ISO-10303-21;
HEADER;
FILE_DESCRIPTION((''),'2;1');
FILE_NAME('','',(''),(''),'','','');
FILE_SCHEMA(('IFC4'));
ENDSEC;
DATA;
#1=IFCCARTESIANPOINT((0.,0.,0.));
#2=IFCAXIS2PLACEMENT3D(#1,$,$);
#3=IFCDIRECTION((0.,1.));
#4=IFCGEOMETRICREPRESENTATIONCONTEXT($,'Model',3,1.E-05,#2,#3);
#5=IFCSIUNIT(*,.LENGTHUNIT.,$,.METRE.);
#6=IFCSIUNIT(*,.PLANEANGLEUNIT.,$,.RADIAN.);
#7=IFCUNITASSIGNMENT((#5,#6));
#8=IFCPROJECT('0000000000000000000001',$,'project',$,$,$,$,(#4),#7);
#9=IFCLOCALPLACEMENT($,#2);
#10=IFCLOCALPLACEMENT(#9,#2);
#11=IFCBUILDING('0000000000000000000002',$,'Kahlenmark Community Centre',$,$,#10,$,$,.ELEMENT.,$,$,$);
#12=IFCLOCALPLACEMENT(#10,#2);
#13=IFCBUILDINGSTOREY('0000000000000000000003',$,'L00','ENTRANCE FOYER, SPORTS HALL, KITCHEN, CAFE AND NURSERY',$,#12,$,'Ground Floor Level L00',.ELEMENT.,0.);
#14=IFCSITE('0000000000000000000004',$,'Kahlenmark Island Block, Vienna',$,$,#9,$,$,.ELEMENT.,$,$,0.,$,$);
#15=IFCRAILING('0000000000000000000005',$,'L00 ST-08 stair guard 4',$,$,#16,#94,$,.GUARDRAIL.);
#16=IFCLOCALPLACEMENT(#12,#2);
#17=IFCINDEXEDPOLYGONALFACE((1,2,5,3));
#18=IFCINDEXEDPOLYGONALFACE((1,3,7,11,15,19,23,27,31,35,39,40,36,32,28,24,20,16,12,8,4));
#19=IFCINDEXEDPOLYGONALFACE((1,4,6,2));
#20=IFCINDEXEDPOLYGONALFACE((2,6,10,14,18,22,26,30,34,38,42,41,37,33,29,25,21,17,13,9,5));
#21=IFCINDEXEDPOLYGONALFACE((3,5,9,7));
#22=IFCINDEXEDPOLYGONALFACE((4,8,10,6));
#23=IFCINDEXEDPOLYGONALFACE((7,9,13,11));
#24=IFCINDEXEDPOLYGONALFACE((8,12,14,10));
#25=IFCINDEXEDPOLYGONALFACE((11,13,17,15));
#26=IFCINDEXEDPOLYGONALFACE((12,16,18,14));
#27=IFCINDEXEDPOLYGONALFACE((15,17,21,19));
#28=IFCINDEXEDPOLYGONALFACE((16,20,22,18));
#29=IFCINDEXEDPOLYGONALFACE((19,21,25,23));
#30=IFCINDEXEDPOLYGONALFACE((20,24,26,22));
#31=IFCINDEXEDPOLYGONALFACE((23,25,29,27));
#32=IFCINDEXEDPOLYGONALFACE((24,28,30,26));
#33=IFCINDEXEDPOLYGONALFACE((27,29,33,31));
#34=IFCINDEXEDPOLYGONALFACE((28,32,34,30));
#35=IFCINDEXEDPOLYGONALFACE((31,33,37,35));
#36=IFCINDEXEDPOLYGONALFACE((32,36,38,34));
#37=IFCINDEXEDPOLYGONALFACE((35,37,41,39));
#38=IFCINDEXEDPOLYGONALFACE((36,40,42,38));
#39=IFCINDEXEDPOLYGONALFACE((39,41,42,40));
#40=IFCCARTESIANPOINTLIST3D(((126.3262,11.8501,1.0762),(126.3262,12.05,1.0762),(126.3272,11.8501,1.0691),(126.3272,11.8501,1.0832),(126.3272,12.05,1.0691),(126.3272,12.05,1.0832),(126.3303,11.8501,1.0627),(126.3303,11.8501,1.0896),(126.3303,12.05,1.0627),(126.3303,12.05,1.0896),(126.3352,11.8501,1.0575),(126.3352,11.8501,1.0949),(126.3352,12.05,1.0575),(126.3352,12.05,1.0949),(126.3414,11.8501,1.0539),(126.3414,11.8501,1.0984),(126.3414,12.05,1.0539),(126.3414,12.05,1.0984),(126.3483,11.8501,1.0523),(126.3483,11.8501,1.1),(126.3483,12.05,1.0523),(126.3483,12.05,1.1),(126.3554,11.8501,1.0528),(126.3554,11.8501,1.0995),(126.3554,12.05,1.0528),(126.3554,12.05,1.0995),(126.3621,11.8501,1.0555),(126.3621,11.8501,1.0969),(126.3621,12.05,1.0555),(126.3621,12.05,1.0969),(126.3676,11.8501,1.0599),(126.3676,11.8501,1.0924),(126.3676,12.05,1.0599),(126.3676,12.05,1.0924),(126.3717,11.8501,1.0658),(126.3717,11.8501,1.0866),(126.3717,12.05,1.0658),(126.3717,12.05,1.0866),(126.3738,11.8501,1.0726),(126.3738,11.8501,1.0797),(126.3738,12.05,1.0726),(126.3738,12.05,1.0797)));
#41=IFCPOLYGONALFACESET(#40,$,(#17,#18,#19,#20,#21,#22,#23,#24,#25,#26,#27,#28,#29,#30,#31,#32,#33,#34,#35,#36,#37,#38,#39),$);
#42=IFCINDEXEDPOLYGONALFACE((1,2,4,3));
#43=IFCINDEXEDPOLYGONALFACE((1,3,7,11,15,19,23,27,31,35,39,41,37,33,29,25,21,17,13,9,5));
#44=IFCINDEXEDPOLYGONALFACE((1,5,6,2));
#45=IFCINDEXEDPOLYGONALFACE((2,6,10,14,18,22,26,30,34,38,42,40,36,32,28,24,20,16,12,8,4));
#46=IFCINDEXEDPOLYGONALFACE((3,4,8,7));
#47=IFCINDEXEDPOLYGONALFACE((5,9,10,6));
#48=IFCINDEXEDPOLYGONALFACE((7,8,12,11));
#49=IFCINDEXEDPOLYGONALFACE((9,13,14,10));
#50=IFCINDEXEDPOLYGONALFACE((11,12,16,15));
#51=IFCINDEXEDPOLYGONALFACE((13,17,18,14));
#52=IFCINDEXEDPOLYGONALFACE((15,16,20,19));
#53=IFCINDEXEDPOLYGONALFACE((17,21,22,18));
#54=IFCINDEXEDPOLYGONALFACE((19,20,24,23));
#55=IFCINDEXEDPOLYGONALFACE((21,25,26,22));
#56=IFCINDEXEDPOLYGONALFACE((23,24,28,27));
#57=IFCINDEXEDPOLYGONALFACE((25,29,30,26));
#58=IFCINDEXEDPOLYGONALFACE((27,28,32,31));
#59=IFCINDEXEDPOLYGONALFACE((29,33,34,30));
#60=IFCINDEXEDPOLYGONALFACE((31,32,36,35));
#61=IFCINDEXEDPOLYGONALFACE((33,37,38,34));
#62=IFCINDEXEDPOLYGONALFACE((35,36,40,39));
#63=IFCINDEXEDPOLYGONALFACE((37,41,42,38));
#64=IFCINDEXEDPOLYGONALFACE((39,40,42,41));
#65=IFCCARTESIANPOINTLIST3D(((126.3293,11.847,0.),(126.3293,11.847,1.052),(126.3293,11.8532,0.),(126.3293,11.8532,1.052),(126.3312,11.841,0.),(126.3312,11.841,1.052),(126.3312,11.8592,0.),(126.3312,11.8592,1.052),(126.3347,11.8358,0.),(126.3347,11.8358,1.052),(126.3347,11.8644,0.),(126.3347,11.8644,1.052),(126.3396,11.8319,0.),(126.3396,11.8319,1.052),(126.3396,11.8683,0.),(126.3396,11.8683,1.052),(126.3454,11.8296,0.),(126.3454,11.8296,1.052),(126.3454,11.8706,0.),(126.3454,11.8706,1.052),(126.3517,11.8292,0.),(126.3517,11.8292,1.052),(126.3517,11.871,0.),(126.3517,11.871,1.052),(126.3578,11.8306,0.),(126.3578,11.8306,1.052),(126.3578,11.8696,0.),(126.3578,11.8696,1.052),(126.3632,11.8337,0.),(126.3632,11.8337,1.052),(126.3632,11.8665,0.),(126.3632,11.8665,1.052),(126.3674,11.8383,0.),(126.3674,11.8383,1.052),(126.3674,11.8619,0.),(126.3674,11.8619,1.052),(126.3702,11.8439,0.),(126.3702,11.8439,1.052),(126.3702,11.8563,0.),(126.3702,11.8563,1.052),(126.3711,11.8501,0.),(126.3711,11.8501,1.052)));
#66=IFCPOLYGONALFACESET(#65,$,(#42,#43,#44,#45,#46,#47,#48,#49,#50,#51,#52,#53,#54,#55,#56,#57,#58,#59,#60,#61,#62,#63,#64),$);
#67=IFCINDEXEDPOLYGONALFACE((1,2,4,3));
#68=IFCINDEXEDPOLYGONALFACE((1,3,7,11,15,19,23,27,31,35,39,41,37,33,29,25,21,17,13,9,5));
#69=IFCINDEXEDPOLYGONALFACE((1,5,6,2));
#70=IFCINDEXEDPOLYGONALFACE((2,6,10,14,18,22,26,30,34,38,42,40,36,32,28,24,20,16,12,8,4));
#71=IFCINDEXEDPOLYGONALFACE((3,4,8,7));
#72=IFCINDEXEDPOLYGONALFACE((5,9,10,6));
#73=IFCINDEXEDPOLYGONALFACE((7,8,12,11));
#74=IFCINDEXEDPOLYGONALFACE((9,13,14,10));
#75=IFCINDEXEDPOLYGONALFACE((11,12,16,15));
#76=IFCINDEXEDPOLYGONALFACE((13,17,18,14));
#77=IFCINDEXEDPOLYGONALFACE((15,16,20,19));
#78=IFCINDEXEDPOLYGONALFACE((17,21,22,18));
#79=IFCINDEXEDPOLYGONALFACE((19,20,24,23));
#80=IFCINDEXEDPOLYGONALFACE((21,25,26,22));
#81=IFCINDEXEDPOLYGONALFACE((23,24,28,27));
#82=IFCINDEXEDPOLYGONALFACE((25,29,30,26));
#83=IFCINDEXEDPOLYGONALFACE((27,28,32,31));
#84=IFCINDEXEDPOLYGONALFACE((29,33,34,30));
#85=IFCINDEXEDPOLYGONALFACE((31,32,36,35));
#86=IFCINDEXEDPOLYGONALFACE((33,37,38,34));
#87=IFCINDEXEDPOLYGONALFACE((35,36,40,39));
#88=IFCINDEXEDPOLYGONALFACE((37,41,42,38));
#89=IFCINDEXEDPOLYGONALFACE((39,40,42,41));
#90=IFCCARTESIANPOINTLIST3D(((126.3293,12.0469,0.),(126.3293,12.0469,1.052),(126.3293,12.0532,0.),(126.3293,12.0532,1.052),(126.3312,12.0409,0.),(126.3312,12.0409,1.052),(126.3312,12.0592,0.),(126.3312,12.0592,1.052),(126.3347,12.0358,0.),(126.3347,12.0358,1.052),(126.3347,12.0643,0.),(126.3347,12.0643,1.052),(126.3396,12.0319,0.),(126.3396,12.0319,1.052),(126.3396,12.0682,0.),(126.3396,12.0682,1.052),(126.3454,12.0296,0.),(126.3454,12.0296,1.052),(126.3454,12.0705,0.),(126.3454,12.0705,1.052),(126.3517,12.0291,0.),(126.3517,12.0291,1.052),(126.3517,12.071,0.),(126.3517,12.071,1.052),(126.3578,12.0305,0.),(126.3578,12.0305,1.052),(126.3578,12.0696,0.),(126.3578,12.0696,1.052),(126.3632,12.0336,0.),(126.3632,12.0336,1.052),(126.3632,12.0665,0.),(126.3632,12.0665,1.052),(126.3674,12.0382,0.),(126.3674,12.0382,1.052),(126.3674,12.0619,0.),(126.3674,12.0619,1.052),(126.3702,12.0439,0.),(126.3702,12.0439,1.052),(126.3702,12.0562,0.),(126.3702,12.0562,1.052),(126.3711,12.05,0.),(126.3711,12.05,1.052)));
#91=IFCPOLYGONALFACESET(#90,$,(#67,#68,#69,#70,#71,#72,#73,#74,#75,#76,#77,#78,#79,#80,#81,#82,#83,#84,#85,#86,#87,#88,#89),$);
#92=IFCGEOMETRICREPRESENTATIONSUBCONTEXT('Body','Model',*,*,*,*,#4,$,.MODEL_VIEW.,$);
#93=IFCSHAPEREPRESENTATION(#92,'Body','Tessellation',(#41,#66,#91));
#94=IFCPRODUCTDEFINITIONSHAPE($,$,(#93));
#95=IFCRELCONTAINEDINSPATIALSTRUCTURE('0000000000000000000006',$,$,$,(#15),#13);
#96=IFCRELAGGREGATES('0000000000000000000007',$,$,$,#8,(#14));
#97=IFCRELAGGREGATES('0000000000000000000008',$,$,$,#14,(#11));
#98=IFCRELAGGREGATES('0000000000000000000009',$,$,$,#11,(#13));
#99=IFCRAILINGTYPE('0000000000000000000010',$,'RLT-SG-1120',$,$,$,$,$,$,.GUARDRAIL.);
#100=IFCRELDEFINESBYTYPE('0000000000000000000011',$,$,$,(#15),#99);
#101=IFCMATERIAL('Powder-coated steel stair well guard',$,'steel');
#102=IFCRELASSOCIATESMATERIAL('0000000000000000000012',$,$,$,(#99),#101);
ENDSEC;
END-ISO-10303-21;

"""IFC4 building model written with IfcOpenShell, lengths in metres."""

from ifc_helpers import new_model, si_unit, direction, frame, origin, origin_2d, place, context, subcontext, project, spatial, circle, extrude, material, type_object, element, save


model = new_model("IFC4")

# Units and contexts
model_context = context("Model", 3, precision=1e-05, world=origin(), true_north=direction((0.0, 1.0)))
body_context = subcontext(model_context, "Body", "Model", "MODEL_VIEW")
ifc_project = project(units=[si_unit("LENGTHUNIT", "METRE"), si_unit("PLANEANGLEUNIT", "RADIAN")], contexts=[model_context])

# Site, building, storey
site_placement = place(None, origin())
site = spatial("IfcSite", under=ifc_project, at=site_placement, Name="Kahlenmark Island Block, Vienna", CompositionType="ELEMENT", RefElevation=0.0)
building_placement = place(site_placement, origin())
building = spatial("IfcBuilding", under=site, at=building_placement, Name="Kahlenmark Community Centre", CompositionType="ELEMENT")
storey_placement = place(building_placement, origin())
storey = spatial("IfcBuildingStorey", under=building, at=storey_placement, Name="L00", Description="ENTRANCE FOYER, SPORTS HALL, KITCHEN, CAFE AND NURSERY", LongName="Ground Floor Level L00", CompositionType="ELEMENT", Elevation=0.0)

# Railing
ifc_material_1 = material(Name="Powder-coated steel stair well guard", Category="steel")
railing_type_1 = type_object("IfcRailingType", Name="RLT-SG-1120", PredefinedType="GUARDRAIL", material=ifc_material_1)
railing_1_placement = place(storey_placement, frame((126.3501, 11.8501, 0.0)))
element("IfcRailing", 1, at=railing_1_placement, inside=storey, type_object=railing_type_1, Name="L00 ST-08 stair guard 4", PredefinedType="GUARDRAIL", context=body_context, shape_type="SweptSolid", body=[
    extrude(circle(Radius=0.0239, at=origin_2d()), frame((0.0, 0.0, 1.0762), z_axis=(0.0, 1.0, 0.0), x_axis=(-1.0, 0.0, 0.0)), (0.0, 0.0, 1.0), 0.2),
    extrude(circle(Radius=0.021, at=origin_2d()), origin(), (0.0, 0.0, 1.0), 1.052),
    extrude(circle(Radius=0.021, at=origin_2d()), frame((0.0, 0.2, 0.0)), (0.0, 0.0, 1.0), 1.052),
])

save(model, "model.ifc")
